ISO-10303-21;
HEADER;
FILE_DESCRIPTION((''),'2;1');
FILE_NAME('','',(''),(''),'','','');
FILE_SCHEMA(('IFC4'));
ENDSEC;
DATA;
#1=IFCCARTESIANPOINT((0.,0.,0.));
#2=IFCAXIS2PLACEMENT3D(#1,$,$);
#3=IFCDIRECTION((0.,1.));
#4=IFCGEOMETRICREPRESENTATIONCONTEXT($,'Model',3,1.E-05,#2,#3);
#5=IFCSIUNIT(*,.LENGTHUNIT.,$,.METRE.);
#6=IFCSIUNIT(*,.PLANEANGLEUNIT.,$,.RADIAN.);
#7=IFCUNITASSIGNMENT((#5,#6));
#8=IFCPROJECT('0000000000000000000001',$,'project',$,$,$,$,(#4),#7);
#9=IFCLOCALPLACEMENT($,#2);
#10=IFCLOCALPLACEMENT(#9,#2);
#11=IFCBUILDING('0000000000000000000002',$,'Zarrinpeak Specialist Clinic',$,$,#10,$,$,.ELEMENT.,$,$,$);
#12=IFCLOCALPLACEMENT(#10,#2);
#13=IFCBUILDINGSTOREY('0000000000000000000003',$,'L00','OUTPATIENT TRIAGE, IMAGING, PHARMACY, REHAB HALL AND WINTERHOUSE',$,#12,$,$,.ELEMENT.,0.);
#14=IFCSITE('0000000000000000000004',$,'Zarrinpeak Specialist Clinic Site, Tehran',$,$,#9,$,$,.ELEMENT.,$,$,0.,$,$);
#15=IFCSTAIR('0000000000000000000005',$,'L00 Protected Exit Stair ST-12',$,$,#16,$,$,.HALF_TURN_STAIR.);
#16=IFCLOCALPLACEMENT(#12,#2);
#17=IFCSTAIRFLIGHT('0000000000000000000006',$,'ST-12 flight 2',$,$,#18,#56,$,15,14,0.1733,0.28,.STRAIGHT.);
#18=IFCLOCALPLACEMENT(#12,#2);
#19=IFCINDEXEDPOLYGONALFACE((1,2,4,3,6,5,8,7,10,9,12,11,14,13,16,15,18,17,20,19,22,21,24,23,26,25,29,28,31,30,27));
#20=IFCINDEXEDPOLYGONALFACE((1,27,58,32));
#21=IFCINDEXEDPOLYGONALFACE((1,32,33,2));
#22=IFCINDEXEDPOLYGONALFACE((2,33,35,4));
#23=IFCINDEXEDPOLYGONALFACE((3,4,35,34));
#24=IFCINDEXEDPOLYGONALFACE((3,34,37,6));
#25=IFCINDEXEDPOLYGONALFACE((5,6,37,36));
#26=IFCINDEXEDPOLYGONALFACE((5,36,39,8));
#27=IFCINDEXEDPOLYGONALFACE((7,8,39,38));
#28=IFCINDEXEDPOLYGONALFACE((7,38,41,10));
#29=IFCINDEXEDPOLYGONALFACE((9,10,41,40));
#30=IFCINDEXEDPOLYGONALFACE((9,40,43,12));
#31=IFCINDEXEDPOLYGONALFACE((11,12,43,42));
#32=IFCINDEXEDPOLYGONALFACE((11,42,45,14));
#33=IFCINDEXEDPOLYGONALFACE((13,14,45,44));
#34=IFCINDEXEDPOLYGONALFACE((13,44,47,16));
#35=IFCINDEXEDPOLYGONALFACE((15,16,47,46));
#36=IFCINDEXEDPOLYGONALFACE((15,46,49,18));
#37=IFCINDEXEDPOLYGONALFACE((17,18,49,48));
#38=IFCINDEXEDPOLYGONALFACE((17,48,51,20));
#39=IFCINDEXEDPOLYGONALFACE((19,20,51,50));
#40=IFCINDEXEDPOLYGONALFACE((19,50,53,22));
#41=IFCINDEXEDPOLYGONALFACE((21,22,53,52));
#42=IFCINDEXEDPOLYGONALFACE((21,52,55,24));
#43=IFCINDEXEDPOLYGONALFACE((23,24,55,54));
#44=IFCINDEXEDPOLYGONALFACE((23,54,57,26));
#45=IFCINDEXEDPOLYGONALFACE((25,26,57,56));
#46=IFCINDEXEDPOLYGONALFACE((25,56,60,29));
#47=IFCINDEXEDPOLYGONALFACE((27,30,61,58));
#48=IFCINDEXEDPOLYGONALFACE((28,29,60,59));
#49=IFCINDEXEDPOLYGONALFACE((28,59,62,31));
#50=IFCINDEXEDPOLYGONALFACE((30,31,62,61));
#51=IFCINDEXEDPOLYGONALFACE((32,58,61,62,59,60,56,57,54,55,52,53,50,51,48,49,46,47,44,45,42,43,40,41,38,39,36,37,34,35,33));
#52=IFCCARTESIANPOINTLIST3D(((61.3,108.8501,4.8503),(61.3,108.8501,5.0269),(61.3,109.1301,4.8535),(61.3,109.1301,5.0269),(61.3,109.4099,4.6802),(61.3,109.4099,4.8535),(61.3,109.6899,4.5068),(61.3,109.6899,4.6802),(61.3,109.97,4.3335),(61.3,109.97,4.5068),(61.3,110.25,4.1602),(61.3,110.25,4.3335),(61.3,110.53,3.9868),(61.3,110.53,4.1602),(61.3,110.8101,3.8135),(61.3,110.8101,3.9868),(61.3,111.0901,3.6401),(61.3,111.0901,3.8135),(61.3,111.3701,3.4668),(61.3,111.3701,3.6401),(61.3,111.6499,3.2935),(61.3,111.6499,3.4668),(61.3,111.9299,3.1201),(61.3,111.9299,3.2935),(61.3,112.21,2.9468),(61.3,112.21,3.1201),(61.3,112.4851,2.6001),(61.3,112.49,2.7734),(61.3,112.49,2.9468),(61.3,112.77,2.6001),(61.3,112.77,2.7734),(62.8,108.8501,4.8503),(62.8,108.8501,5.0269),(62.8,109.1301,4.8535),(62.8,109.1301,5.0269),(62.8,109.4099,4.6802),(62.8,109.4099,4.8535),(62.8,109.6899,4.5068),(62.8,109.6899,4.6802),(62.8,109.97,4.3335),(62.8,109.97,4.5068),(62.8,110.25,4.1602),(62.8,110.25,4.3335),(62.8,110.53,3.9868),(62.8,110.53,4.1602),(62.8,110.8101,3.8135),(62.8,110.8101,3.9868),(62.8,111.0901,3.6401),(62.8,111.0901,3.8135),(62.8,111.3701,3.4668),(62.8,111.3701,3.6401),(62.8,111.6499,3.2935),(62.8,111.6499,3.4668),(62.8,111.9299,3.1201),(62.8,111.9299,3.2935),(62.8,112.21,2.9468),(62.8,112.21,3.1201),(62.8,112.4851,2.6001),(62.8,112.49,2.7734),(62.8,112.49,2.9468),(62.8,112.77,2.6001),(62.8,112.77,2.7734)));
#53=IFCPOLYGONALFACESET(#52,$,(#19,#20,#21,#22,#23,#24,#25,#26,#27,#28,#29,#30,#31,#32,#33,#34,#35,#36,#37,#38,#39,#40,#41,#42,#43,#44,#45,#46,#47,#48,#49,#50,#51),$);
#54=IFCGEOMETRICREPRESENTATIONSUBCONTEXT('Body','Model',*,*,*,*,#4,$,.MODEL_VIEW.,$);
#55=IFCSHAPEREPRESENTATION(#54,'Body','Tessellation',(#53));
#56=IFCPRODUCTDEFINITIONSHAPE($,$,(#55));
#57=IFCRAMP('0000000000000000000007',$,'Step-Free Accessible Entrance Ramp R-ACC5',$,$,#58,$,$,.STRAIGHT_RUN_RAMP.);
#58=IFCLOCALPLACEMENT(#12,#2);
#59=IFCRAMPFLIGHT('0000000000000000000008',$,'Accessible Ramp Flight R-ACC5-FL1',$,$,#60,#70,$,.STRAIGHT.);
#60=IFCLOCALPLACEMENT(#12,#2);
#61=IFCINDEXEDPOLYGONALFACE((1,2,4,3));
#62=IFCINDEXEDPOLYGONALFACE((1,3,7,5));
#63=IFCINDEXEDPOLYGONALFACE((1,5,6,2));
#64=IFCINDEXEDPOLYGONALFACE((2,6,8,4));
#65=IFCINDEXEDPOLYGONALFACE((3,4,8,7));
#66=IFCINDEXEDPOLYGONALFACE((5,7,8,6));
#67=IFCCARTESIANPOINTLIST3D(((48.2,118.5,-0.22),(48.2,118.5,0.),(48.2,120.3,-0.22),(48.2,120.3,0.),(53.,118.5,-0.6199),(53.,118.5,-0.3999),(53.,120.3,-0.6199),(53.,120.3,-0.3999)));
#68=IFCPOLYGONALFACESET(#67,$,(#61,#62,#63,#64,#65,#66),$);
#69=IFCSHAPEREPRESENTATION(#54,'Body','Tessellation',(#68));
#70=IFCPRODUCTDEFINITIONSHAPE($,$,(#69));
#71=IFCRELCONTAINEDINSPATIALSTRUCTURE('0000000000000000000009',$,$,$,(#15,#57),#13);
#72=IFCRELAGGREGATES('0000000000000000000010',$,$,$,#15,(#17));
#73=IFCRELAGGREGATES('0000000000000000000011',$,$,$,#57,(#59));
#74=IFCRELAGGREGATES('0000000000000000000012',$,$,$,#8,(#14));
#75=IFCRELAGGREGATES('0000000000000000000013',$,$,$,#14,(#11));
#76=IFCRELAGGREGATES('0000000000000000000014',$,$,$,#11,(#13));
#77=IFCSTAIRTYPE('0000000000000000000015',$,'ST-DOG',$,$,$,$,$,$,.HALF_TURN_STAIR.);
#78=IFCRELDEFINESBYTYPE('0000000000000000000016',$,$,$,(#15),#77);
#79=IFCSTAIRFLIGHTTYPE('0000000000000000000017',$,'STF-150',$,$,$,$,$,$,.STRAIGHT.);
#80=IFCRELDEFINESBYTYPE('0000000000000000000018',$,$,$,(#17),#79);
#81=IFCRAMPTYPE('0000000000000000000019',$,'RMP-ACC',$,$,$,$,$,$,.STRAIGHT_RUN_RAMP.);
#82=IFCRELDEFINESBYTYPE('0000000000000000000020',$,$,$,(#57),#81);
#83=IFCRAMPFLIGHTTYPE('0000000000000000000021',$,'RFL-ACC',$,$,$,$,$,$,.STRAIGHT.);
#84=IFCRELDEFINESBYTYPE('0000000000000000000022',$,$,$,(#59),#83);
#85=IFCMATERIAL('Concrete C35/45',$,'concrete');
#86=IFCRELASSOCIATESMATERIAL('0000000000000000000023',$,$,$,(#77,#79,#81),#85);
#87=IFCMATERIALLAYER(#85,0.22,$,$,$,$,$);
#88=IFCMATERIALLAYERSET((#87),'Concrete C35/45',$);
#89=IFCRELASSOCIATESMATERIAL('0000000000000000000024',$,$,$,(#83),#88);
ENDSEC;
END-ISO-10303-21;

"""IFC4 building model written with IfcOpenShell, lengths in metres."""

from ifc_helpers import new_model, si_unit, direction, frame, origin, place, context, subcontext, project, spatial, polyline, outline, extrude, material, layer, layer_set, type_object, element, aggregate, save


model = new_model("IFC4")

# Units and contexts
model_context = context("Model", 3, precision=1e-05, world=origin(), true_north=direction((0.0, 1.0)))
body_context = subcontext(model_context, "Body", "Model", "MODEL_VIEW")
ifc_project = project(units=[si_unit("LENGTHUNIT", "METRE"), si_unit("PLANEANGLEUNIT", "RADIAN")], contexts=[model_context])

# Site, building, storey
site_placement = place(None, origin())
site = spatial("IfcSite", under=ifc_project, at=site_placement, Name="Zarrinpeak Specialist Clinic Site, Tehran", CompositionType="ELEMENT", RefElevation=0.0)
building_placement = place(site_placement, origin())
building = spatial("IfcBuilding", under=site, at=building_placement, Name="Zarrinpeak Specialist Clinic", CompositionType="ELEMENT")
storey_placement = place(building_placement, origin())
storey = spatial("IfcBuildingStorey", under=building, at=storey_placement, Name="L00", Description="OUTPATIENT TRIAGE, IMAGING, PHARMACY, REHAB HALL AND WINTERHOUSE", CompositionType="ELEMENT", Elevation=0.0)

# Stair, stair flight
ifc_material_1 = material(Name="Concrete C35/45", Category="concrete")
stair_type = type_object("IfcStairType", Name="ST-DOG", PredefinedType="HALF_TURN_STAIR", material=ifc_material_1)
stair_placement = place(storey_placement, origin())
stair = element("IfcStair", 1, at=stair_placement, inside=storey, type_object=stair_type, Name="L00 Protected Exit Stair ST-12", PredefinedType="HALF_TURN_STAIR")
stair_flight_type = type_object("IfcStairFlightType", Name="STF-150", PredefinedType="STRAIGHT", material=ifc_material_1)
stair_flight_1_placement = place(storey_placement, frame((62.05, 112.77, 2.6001), z_axis=(0.0, 0.0, 1.0), x_axis=(0.0, -1.0, 0.0)))
stair_flight_1 = element("IfcStairFlight", 2, at=stair_flight_1_placement, type_object=stair_flight_type, Name="ST-12 flight 2", NumberOfRisers=15, NumberOfTreads=14, PredefinedType="STRAIGHT", RiserHeight=0.1733, TreadLength=0.28, context=body_context, shape_type="SweptSolid", body=[
    extrude(outline(polyline([(0.0, 0.0), (0.0, 0.1733), (0.28, 0.1733), (0.28, 0.3467), (0.5601, 0.3467), (0.5601, 0.52), (0.8401, 0.52), (0.8401, 0.6934), (1.1201, 0.6934), (1.1201, 0.8667), (1.3999, 0.8667), (1.3999, 1.04), (1.6799, 1.04), (1.6799, 1.2134), (1.96, 1.2134), (1.96, 1.3867), (2.24, 1.3867), (2.24, 1.5601), (2.52, 1.5601), (2.52, 1.7334), (2.8, 1.7334), (2.8, 1.9067), (3.0801, 1.9067), (3.0801, 2.0801), (3.3601, 2.0801), (3.3601, 2.2534), (3.6399, 2.2534), (3.6399, 2.4268), (3.9199, 2.4268), (3.9199, 2.6001), (3.9199, 2.2502), (0.2849, 0.0), (0.0, 0.0)])), frame((0.0, 0.75, 0.0), z_axis=(0.0, -1.0, 0.0), x_axis=(1.0, 0.0, 0.0)), (0.0, 0.0, 1.0), 1.5),
])
aggregate(stair, [stair_flight_1])

# Ramp, ramp flight
ramp_type = type_object("IfcRampType", Name="RMP-ACC", PredefinedType="STRAIGHT_RUN_RAMP", material=ifc_material_1)
ramp_placement = place(storey_placement, origin())
ramp = element("IfcRamp", 3, at=ramp_placement, inside=storey, type_object=ramp_type, Name="Step-Free Accessible Entrance Ramp R-ACC5", PredefinedType="STRAIGHT_RUN_RAMP")
ifc_layer_1 = layer(ifc_material_1, 0.22)
ifc_layer_set_1 = layer_set([ifc_layer_1], Name="Concrete C35/45")
ramp_flight_type = type_object("IfcRampFlightType", Name="RFL-ACC", PredefinedType="STRAIGHT", material=ifc_layer_set_1)
ramp_flight_placement = place(storey_placement, frame((53.0, 119.3999, -0.3999), z_axis=(0.0, 0.0, 1.0), x_axis=(-1.0, 0.0, 0.0)))
ramp_flight = element("IfcRampFlight", 4, at=ramp_flight_placement, type_object=ramp_flight_type, Name="Accessible Ramp Flight R-ACC5-FL1", PredefinedType="STRAIGHT", context=body_context, shape_type="SweptSolid", body=[
    extrude(outline(polyline([(0.0, 0.0), (0.0, -0.22), (4.8, 0.1799), (4.8, 0.3999), (0.0, 0.0)])), frame((0.0, 0.8999, 0.0), z_axis=(0.0, -1.0, 0.0), x_axis=(1.0, 0.0, 0.0)), (0.0, 0.0, 1.0), 1.8),
])
aggregate(ramp, [ramp_flight])

save(model, "model.ifc")
